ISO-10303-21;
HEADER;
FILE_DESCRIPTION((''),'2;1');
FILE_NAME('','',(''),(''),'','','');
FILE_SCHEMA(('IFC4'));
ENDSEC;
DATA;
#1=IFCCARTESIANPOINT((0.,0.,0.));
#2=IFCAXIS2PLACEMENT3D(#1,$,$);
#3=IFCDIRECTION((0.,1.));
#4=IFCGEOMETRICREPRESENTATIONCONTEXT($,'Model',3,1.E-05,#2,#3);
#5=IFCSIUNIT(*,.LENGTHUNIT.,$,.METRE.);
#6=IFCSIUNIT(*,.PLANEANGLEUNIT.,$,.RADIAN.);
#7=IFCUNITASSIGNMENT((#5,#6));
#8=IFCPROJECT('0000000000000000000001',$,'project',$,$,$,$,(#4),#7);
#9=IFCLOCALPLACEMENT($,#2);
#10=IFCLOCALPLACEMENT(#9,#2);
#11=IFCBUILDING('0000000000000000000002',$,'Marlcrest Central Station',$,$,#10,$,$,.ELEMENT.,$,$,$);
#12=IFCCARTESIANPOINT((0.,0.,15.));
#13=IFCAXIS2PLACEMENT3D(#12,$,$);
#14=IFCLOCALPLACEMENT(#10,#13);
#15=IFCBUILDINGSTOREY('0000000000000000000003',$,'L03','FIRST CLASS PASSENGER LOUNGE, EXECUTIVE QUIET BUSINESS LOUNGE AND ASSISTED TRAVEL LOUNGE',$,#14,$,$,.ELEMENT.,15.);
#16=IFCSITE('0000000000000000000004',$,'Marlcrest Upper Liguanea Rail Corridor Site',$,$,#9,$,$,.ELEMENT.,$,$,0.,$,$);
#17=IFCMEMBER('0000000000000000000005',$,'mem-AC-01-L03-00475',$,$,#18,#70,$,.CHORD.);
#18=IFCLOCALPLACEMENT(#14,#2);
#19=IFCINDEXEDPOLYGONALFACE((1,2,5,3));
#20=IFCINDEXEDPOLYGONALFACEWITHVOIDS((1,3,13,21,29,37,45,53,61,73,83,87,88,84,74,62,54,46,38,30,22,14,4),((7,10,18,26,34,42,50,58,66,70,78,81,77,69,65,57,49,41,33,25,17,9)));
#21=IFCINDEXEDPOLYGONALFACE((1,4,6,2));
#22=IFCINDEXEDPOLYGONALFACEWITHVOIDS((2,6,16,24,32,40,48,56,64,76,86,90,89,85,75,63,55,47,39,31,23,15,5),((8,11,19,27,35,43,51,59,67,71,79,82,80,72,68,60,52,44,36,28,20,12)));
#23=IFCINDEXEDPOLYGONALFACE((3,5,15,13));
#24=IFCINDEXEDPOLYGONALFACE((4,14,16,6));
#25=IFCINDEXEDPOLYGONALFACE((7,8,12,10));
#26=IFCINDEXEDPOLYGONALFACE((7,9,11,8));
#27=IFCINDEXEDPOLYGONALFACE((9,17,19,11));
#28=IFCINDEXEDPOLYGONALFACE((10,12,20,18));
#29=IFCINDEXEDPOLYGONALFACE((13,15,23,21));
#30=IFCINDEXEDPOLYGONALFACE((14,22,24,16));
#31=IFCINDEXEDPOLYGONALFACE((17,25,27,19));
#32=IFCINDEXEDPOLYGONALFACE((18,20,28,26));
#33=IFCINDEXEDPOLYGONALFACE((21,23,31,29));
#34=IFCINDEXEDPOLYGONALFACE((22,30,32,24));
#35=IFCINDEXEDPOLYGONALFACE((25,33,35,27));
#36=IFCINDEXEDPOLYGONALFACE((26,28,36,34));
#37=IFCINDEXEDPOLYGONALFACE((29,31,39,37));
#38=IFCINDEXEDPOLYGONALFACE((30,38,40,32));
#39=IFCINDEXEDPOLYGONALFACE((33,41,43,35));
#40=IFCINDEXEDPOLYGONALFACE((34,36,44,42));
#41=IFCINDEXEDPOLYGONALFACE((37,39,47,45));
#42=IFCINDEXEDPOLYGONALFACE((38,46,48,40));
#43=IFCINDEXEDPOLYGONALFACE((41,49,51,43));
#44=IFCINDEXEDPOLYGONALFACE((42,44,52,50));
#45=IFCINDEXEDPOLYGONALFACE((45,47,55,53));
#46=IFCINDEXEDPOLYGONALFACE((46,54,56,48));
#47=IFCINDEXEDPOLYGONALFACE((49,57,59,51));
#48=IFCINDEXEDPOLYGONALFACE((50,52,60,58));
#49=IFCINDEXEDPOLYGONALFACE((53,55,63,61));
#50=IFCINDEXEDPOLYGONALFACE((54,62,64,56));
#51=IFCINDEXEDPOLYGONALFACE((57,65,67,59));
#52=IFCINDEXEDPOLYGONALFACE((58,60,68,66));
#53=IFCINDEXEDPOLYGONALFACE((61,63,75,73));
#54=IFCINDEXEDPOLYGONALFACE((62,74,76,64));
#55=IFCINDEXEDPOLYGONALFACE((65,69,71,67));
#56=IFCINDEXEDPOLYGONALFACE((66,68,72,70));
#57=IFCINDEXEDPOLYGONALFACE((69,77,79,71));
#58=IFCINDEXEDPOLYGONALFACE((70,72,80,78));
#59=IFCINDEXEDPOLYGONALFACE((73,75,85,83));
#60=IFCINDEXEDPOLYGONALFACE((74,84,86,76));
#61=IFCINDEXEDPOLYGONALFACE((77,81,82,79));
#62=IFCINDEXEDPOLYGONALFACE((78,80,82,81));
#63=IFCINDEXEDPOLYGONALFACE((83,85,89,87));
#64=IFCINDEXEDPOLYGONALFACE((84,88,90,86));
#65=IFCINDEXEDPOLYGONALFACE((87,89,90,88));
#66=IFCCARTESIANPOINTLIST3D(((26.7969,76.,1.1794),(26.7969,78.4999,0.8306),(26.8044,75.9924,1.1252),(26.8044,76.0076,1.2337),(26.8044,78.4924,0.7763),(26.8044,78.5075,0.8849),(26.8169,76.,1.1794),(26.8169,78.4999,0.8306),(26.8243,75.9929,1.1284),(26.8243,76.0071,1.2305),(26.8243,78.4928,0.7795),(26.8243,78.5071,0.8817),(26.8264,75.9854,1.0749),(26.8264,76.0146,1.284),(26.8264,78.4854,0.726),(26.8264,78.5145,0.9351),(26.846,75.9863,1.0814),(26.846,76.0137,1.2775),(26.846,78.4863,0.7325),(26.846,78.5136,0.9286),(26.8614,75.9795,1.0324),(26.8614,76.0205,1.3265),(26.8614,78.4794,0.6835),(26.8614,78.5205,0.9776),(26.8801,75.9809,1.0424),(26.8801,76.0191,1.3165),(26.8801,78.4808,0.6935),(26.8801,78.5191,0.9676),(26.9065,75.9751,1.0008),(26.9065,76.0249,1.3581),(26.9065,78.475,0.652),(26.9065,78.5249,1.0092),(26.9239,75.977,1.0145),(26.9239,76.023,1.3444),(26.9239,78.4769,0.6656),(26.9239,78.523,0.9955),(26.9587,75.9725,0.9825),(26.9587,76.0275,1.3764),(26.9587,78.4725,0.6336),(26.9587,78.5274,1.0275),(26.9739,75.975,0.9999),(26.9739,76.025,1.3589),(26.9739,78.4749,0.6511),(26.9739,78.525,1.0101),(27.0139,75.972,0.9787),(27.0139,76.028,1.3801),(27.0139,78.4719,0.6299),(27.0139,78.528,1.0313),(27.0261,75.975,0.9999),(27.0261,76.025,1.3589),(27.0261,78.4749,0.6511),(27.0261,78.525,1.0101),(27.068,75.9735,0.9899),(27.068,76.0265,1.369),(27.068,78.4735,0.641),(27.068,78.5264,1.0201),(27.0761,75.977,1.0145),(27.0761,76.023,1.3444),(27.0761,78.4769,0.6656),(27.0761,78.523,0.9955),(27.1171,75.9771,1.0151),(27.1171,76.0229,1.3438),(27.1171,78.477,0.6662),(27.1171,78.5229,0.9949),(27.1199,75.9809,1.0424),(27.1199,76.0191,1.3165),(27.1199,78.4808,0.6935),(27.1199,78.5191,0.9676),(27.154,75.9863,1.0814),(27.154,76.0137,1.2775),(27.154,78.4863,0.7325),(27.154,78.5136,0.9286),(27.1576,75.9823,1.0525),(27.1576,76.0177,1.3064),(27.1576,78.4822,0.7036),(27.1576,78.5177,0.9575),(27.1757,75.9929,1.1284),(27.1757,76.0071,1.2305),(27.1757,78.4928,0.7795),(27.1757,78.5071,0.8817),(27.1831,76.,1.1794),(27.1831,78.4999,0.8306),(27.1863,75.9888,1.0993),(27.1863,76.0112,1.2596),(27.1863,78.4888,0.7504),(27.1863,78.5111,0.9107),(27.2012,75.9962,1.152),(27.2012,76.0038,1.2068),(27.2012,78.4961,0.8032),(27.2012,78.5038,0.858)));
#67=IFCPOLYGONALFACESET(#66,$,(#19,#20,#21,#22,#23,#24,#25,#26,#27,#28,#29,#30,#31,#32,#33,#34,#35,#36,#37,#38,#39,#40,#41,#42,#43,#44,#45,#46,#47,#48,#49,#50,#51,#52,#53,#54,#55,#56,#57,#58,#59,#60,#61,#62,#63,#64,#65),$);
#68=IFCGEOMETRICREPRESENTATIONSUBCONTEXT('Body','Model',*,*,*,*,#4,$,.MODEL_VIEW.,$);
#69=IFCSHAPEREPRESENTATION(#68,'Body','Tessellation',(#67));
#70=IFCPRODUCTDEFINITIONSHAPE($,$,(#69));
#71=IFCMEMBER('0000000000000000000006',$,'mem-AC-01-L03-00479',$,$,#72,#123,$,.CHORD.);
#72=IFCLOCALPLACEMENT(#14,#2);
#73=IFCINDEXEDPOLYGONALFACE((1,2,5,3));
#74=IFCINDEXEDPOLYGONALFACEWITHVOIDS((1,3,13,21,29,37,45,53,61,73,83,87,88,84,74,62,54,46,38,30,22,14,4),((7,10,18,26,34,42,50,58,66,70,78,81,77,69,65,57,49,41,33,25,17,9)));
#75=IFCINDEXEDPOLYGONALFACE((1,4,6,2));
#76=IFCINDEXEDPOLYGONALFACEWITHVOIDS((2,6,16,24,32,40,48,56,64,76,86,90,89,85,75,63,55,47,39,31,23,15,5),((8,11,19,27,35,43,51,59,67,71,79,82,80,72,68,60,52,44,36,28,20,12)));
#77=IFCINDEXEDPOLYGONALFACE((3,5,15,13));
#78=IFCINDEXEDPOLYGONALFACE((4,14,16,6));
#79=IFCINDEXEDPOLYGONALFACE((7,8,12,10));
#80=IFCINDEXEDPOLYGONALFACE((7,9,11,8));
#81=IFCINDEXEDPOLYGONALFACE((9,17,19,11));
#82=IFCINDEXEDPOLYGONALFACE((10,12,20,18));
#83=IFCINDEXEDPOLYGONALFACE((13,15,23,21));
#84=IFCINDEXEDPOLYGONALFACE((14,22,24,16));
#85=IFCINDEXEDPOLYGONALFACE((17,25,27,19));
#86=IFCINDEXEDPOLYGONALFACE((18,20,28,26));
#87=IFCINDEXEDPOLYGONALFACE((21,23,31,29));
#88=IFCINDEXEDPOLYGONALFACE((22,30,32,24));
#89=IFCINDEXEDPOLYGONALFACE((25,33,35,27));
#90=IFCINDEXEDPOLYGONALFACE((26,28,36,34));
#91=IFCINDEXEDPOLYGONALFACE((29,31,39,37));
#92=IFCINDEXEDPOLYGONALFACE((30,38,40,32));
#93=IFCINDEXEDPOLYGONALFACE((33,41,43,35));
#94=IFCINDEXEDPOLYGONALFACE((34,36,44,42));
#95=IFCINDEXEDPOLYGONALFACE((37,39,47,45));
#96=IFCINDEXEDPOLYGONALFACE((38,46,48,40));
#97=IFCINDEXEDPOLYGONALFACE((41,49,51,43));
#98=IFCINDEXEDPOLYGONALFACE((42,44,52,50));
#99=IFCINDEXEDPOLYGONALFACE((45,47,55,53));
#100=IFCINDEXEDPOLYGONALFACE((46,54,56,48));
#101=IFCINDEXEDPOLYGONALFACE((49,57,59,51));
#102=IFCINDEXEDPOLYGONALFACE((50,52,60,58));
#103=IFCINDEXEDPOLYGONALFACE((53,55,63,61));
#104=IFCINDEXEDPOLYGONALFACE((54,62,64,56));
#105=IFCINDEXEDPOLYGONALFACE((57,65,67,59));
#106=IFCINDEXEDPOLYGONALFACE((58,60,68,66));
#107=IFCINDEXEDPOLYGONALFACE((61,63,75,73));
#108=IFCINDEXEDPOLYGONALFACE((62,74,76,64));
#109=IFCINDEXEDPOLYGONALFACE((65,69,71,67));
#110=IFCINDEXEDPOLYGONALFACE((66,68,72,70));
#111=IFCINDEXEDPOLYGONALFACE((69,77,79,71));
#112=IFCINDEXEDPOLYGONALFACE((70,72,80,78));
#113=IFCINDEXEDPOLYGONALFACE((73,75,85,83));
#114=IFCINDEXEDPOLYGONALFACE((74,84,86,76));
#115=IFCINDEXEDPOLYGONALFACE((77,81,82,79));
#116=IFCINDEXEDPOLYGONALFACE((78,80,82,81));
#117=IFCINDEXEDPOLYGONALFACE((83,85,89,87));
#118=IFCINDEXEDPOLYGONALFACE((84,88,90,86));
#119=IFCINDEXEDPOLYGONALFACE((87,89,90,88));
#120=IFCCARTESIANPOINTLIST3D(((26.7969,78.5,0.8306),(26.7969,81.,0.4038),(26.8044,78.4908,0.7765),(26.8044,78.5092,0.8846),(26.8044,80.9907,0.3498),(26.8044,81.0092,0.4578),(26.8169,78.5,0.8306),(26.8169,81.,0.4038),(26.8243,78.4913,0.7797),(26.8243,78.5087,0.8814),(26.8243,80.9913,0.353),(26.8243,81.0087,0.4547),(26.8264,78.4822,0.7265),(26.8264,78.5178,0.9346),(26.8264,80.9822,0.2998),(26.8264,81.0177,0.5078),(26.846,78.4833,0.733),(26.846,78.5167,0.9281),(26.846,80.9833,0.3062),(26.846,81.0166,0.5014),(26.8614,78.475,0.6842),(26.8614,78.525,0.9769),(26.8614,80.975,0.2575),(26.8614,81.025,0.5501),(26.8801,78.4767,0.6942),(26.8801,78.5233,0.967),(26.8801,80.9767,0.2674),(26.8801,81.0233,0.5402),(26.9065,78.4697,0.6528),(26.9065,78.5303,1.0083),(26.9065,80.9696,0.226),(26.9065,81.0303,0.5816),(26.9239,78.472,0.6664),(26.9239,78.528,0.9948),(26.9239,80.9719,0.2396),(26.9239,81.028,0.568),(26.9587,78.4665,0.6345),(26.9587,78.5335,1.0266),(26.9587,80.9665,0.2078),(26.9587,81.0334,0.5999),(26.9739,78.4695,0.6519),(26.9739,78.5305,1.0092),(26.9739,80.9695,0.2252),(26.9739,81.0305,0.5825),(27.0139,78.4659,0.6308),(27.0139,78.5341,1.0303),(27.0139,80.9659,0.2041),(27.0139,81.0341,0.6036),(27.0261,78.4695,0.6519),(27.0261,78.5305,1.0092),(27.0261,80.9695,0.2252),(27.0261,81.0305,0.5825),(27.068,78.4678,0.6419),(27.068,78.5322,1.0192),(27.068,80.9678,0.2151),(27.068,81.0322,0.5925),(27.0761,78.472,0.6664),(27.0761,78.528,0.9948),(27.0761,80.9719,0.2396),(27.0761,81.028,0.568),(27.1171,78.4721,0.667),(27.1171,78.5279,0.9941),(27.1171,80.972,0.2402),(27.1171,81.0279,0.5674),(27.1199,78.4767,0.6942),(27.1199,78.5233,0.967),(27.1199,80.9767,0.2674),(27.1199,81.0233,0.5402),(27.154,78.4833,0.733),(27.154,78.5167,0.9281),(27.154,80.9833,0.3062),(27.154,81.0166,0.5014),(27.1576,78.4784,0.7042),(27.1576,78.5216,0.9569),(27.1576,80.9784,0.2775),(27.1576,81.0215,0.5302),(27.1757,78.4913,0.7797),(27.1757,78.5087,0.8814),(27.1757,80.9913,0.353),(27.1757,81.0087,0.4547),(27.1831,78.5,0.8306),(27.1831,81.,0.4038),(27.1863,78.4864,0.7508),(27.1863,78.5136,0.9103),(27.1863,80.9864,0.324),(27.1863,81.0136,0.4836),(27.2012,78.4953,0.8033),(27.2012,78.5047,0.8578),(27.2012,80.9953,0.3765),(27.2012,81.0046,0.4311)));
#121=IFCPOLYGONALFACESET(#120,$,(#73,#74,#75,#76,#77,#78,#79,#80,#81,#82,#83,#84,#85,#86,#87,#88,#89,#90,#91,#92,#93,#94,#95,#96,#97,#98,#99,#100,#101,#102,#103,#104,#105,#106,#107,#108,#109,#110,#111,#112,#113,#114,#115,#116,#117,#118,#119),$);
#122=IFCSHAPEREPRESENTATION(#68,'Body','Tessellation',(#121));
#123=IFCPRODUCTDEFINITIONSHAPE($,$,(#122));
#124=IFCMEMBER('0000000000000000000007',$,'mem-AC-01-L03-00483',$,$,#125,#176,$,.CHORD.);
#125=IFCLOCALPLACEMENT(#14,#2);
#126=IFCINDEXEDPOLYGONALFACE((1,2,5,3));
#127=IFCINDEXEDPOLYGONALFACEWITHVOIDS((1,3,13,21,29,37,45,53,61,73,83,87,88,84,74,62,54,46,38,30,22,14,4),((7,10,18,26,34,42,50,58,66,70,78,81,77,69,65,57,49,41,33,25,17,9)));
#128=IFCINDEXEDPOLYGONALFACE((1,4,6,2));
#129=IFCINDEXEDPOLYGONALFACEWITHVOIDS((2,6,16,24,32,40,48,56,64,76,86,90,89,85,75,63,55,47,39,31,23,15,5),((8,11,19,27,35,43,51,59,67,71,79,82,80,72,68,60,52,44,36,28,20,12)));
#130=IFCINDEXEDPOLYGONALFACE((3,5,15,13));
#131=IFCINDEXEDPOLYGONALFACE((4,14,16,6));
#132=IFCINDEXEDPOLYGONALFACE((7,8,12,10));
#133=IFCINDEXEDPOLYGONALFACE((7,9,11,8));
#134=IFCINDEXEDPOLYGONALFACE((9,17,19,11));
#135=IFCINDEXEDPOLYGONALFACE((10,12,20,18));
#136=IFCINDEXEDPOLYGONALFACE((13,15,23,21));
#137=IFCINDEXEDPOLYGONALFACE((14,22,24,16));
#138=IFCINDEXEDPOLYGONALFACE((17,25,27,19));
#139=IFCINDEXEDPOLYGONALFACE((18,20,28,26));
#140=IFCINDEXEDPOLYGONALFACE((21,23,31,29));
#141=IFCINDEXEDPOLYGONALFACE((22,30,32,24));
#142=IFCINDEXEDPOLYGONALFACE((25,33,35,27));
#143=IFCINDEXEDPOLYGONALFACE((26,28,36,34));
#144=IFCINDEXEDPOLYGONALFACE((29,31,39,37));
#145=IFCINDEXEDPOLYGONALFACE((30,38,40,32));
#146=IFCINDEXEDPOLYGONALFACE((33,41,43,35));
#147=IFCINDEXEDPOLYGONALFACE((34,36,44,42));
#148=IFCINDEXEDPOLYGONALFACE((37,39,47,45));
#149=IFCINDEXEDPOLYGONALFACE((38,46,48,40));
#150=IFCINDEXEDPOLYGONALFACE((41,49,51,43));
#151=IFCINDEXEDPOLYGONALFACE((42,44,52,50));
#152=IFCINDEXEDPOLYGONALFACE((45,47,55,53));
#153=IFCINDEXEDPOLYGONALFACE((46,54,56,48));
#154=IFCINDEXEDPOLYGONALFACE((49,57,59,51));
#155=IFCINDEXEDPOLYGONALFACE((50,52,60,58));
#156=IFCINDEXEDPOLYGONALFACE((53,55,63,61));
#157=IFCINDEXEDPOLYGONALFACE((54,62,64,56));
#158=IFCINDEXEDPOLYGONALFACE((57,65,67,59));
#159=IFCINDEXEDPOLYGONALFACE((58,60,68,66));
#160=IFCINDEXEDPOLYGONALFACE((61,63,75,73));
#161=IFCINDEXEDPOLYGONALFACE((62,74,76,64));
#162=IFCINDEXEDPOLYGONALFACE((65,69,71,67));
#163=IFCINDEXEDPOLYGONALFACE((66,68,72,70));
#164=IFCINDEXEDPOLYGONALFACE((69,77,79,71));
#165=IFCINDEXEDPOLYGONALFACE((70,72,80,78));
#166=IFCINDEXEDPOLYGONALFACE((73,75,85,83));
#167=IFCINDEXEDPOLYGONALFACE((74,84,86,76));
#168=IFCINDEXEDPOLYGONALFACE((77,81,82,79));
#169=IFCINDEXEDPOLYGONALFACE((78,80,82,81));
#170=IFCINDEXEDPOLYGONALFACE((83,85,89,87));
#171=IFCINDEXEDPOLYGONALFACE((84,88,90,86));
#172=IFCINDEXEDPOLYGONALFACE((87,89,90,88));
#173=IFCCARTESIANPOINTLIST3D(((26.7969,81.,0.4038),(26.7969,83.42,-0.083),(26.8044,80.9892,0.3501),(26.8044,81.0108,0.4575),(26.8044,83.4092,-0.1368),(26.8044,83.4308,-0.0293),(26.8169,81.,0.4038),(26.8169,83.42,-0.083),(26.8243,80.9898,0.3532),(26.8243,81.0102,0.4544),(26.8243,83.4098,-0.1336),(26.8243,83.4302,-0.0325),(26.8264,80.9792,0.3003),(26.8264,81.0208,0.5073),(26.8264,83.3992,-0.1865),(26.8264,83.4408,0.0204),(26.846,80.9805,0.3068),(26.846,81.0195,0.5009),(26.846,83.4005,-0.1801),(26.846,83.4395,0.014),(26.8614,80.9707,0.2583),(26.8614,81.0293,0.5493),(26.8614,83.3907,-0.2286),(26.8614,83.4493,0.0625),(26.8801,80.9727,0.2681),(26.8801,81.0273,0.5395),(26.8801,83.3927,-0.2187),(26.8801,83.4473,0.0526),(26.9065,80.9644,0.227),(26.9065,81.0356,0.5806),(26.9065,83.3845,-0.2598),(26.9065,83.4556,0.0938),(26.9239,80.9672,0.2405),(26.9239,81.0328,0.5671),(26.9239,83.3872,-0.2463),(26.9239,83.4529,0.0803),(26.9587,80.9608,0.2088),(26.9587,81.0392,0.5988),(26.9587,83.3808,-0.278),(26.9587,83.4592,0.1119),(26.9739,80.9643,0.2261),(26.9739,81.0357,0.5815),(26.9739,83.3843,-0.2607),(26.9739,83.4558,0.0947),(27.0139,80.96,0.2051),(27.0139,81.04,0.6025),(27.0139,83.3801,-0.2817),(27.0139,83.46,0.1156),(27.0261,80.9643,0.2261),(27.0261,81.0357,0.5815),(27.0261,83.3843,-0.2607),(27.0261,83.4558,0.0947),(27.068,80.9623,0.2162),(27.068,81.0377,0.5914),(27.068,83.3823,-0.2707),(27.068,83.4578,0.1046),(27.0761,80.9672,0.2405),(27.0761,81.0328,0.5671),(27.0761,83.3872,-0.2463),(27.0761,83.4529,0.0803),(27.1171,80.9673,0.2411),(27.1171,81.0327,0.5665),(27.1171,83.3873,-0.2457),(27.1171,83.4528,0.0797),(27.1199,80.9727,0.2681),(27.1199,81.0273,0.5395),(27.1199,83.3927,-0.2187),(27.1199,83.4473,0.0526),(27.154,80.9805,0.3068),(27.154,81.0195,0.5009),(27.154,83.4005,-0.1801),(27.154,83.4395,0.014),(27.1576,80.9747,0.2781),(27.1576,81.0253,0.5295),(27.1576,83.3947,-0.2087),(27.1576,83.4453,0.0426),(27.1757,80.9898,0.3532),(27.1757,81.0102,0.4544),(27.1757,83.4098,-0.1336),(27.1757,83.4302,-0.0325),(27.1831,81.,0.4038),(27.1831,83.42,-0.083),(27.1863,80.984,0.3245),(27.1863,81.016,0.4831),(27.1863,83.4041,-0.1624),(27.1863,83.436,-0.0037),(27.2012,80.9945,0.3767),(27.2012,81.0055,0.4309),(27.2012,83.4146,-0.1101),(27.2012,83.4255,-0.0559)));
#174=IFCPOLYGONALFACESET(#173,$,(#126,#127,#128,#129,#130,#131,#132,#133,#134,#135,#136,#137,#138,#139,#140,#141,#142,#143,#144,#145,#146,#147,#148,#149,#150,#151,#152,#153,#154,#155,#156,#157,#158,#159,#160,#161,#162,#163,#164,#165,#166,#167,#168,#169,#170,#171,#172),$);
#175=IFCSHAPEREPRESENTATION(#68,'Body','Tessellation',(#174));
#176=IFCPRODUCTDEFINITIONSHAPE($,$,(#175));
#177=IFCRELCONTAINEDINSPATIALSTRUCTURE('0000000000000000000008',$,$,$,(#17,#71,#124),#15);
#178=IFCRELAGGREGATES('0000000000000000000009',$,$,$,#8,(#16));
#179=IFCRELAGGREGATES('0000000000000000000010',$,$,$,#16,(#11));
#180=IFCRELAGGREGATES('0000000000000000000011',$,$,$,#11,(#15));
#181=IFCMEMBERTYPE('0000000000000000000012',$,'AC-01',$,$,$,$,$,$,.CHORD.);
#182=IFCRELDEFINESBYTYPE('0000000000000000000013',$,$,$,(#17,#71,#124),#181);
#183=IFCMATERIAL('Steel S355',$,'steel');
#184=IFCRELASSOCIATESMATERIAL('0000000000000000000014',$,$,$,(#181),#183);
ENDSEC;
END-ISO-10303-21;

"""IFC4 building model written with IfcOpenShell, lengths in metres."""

from ifc_helpers import new_model, si_unit, direction, frame, origin, origin_2d, place, context, subcontext, project, spatial, hollow_circle, extrude, material, material_profile, profile_set, type_object, element, save


model = new_model("IFC4")

# Units and contexts
model_context = context("Model", 3, precision=1e-05, world=origin(), true_north=direction((0.0, 1.0)))
body_context = subcontext(model_context, "Body", "Model", "MODEL_VIEW")
ifc_project = project(units=[si_unit("LENGTHUNIT", "METRE"), si_unit("PLANEANGLEUNIT", "RADIAN")], contexts=[model_context])

# Site, building, storey
site_placement = place(None, origin())
site = spatial("IfcSite", under=ifc_project, at=site_placement, Name="Marlcrest Upper Liguanea Rail Corridor Site", CompositionType="ELEMENT", RefElevation=0.0)
building_placement = place(site_placement, origin())
building = spatial("IfcBuilding", under=site, at=building_placement, Name="Marlcrest Central Station", CompositionType="ELEMENT")
storey_placement = place(building_placement, frame((0.0, 0.0, 15.0)))
storey = spatial("IfcBuildingStorey", under=building, at=storey_placement, Name="L03", Description="FIRST CLASS PASSENGER LOUNGE, EXECUTIVE QUIET BUSINESS LOUNGE AND ASSISTED TRAVEL LOUNGE", CompositionType="ELEMENT", Elevation=15.0)

# Members
ifc_material_1 = material(Name="Steel S355", Category="steel")
ifc_material_profile_1 = material_profile(ifc_material_1, hollow_circle(Radius=0.2031, WallThickness=0.02, at=origin_2d()), Name="CHS 406.4x20")
ifc_profile_set_1 = profile_set([ifc_material_profile_1], Name="Steel S355")
member_type_1 = type_object("IfcMemberType", Name="AC-01", PredefinedType="CHORD", material=ifc_profile_set_1)
member_1_placement = place(storey_placement, frame((27.0, 76.0, 1.1794), z_axis=(0.0, 0.990403, -0.138211), x_axis=(-1.0, 0.0, 0.0)))
element("IfcMember", 1, at=member_1_placement, inside=storey, type_object=member_type_1, Name="mem-AC-01-L03-00475", PredefinedType="CHORD", context=body_context, shape_type="SweptSolid", body=[
    extrude(hollow_circle(Radius=0.2031, WallThickness=0.02, at=origin_2d()), origin(), (0.0, 0.0, 1.0), 2.5242),
])
member_2_placement = place(storey_placement, frame((27.0, 78.5, 0.8306), z_axis=(0.0, 0.985741, -0.168269), x_axis=(-1.0, 0.0, 0.0)))
element("IfcMember", 2, at=member_2_placement, inside=storey, type_object=member_type_1, Name="mem-AC-01-L03-00479", PredefinedType="CHORD", context=body_context, shape_type="SweptSolid", body=[
    extrude(hollow_circle(Radius=0.2031, WallThickness=0.02, at=origin_2d()), origin(), (0.0, 0.0, 1.0), 2.5361),
])
member_3_placement = place(storey_placement, frame((27.0, 81.0, 0.4038), z_axis=(0.0, 0.980359, -0.197219), x_axis=(-1.0, 0.0, 0.0)))
element("IfcMember", 3, at=member_3_placement, inside=storey, type_object=member_type_1, Name="mem-AC-01-L03-00483", PredefinedType="CHORD", context=body_context, shape_type="SweptSolid", body=[
    extrude(hollow_circle(Radius=0.2031, WallThickness=0.02, at=origin_2d()), origin(), (0.0, 0.0, 1.0), 2.4685),
])

save(model, "model.ifc")
